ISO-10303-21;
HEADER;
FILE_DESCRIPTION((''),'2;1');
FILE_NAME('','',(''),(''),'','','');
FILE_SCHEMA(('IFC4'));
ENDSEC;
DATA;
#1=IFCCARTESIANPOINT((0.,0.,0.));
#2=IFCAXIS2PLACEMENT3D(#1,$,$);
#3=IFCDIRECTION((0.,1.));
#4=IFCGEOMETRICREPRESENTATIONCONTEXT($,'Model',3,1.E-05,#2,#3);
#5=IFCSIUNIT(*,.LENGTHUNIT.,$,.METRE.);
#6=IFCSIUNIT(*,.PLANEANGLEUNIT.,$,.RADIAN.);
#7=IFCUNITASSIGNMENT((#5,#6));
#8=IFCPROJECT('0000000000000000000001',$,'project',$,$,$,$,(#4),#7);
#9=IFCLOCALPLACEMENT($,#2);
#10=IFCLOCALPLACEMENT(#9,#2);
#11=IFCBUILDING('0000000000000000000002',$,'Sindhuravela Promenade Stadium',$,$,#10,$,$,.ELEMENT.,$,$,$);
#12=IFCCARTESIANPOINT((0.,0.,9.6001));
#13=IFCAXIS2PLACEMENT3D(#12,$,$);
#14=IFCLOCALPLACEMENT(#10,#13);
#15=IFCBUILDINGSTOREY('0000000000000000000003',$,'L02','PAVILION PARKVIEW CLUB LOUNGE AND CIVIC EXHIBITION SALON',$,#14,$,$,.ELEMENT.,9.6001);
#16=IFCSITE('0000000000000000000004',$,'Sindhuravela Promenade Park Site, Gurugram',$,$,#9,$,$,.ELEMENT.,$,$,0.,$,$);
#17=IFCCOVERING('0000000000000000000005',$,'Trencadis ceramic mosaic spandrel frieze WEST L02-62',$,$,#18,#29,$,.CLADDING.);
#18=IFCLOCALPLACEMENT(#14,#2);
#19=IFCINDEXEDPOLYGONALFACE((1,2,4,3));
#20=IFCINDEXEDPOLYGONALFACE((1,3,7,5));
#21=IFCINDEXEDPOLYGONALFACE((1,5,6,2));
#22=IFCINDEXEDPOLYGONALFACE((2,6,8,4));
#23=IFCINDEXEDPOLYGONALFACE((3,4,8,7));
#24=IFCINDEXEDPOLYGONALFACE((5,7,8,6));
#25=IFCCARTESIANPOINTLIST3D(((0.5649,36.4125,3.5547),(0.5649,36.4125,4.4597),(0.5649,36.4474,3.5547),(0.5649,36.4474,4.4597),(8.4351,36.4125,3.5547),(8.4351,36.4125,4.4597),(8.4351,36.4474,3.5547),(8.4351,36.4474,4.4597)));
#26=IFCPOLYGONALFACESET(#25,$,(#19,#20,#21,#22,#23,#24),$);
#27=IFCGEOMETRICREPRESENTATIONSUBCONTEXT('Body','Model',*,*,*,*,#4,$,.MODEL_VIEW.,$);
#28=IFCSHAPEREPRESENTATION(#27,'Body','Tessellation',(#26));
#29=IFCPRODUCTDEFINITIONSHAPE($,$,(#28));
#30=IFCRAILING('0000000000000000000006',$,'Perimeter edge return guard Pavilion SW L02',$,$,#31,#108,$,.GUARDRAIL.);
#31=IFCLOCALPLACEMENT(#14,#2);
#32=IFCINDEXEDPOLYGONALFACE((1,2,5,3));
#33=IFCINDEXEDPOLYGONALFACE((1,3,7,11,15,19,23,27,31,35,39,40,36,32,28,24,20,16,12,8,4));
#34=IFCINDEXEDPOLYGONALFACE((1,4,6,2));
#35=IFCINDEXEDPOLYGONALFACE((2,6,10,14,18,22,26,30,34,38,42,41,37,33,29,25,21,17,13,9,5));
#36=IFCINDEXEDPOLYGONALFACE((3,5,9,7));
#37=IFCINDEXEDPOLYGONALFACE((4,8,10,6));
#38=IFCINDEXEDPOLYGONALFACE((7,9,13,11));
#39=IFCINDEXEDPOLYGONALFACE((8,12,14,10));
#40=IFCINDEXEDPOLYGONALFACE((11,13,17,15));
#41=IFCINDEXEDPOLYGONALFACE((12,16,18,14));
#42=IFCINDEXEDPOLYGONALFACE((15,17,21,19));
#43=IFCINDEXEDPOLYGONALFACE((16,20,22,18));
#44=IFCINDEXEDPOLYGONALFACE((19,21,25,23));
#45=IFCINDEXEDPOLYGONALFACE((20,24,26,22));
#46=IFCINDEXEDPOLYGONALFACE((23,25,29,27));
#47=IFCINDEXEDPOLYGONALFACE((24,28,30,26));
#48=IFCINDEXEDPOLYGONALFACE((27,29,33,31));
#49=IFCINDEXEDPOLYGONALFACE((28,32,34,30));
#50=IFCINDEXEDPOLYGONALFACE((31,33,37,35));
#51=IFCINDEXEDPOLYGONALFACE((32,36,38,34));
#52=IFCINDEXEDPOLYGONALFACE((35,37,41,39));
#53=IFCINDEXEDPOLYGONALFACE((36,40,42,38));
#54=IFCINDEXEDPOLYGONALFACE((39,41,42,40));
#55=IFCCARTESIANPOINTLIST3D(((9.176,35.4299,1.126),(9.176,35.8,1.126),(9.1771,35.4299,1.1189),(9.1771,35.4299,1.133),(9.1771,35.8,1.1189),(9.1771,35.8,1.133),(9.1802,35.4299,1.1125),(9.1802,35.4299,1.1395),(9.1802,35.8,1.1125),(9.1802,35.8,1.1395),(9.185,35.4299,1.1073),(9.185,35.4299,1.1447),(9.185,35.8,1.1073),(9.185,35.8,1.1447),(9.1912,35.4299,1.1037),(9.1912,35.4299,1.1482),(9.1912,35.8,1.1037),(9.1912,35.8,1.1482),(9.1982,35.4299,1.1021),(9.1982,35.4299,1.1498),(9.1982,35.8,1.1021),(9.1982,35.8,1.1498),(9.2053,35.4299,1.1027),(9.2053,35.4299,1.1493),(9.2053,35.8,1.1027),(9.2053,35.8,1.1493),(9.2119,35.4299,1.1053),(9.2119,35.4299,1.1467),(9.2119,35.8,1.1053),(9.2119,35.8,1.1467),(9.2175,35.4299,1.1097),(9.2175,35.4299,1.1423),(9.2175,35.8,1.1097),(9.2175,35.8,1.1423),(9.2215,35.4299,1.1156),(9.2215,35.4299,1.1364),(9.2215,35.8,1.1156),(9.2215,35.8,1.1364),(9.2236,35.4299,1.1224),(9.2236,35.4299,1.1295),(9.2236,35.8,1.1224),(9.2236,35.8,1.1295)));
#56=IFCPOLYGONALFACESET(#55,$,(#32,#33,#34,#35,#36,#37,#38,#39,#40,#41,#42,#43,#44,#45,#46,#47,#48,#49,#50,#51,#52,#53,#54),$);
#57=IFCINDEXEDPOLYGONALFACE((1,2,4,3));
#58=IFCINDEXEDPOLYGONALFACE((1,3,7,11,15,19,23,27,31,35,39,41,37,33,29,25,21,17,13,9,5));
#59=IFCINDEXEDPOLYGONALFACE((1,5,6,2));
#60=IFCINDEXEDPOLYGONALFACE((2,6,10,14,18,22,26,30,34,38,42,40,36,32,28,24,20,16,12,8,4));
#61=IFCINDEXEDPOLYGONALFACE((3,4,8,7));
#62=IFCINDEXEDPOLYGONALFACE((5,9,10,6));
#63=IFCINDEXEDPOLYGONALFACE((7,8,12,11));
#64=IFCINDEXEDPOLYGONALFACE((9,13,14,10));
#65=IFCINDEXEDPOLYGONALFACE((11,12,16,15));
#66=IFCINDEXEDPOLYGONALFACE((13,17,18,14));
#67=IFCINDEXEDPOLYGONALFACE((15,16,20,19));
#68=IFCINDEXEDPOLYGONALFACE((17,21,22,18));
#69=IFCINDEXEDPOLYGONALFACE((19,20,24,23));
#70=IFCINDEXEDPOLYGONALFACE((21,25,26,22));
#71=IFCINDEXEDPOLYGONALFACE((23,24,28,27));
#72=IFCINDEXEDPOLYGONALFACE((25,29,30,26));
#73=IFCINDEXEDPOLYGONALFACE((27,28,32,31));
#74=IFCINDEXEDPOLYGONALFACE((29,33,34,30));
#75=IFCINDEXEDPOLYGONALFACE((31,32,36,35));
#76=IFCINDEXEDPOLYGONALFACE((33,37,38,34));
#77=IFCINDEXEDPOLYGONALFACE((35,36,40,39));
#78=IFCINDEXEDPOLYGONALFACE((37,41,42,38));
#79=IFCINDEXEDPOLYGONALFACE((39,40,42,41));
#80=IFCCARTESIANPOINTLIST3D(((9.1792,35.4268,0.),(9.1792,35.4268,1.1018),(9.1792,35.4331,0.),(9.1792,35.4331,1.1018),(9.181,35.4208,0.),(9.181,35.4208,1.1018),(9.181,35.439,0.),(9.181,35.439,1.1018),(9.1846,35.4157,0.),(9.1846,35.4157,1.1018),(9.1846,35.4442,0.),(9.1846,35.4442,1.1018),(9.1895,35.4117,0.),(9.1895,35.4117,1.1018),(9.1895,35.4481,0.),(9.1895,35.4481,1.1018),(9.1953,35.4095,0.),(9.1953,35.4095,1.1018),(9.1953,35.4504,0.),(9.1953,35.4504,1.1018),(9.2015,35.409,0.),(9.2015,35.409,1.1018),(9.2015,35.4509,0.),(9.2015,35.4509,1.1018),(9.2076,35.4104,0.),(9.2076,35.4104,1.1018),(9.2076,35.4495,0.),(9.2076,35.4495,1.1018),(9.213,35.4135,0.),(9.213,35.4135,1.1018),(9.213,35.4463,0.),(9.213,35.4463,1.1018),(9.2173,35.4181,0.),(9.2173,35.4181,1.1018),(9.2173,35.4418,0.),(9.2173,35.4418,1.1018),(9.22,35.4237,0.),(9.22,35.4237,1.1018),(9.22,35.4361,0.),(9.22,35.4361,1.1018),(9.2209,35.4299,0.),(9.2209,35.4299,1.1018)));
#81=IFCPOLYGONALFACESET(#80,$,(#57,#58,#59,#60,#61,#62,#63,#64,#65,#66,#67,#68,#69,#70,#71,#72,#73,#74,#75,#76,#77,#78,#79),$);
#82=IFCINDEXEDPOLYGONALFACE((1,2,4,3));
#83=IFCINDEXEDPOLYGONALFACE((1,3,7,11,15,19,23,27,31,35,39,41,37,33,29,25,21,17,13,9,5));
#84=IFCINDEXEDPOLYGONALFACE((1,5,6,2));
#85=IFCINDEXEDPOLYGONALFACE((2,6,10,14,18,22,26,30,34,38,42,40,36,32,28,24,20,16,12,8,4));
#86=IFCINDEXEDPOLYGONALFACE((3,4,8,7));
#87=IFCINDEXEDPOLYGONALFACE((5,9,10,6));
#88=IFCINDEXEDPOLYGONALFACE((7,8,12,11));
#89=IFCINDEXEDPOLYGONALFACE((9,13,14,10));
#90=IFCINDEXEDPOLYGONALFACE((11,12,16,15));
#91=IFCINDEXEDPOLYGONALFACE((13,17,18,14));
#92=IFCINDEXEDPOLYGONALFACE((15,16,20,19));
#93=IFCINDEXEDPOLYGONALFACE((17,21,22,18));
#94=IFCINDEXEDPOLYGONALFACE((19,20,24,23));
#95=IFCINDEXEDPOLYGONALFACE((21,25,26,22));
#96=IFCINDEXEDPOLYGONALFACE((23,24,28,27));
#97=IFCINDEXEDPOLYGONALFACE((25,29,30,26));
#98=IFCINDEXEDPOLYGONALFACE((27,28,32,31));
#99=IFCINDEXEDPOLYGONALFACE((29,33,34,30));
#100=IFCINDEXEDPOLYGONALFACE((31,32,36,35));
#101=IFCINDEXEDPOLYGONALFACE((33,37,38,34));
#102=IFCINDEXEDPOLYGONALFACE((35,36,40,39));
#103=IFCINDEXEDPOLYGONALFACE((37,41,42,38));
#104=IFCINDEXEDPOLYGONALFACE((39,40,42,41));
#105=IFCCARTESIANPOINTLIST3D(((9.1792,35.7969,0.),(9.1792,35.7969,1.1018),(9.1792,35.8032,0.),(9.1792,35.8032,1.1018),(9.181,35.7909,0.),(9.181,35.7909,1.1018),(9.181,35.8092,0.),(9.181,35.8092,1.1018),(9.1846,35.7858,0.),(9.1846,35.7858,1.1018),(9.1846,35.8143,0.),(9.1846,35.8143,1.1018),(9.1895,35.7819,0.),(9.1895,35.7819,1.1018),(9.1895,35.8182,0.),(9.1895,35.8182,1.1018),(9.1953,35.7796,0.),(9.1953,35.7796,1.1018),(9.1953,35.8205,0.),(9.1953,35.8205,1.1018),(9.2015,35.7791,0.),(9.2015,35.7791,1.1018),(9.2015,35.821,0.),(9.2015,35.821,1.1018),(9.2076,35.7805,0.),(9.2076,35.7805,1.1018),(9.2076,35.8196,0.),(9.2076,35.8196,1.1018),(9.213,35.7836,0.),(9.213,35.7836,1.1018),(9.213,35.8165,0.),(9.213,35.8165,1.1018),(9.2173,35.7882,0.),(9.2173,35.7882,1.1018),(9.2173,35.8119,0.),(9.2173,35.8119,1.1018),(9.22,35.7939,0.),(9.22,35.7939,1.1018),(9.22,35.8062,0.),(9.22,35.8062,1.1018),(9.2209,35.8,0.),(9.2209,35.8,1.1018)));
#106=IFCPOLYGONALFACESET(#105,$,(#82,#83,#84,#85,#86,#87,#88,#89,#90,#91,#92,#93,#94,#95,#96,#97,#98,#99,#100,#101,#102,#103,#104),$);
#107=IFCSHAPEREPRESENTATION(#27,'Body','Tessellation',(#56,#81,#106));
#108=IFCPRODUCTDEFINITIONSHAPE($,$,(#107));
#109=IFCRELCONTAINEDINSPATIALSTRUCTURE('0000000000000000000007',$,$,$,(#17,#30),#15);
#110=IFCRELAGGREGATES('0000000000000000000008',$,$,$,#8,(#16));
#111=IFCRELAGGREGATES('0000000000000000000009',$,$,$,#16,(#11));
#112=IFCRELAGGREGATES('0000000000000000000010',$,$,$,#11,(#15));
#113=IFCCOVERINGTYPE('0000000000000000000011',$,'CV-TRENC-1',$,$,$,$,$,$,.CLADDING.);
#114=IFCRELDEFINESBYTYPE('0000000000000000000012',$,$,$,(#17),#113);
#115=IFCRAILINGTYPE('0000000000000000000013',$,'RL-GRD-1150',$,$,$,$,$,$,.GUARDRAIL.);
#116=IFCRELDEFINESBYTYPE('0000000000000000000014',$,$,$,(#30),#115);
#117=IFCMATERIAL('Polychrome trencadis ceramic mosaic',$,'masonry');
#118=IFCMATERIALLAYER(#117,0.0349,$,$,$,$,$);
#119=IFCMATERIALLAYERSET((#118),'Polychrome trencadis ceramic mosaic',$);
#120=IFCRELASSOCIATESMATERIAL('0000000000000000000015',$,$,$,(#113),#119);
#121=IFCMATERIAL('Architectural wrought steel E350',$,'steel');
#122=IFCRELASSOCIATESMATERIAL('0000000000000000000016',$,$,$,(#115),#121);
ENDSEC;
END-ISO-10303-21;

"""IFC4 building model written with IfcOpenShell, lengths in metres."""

from ifc_helpers import new_model, si_unit, direction, frame, origin, origin_2d, place, context, subcontext, project, spatial, rectangle, circle, extrude, material, layer, layer_set, type_object, element, save


model = new_model("IFC4")

# Units and contexts
model_context = context("Model", 3, precision=1e-05, world=origin(), true_north=direction((0.0, 1.0)))
body_context = subcontext(model_context, "Body", "Model", "MODEL_VIEW")
ifc_project = project(units=[si_unit("LENGTHUNIT", "METRE"), si_unit("PLANEANGLEUNIT", "RADIAN")], contexts=[model_context])

# Site, building, storey
site_placement = place(None, origin())
site = spatial("IfcSite", under=ifc_project, at=site_placement, Name="Sindhuravela Promenade Park Site, Gurugram", CompositionType="ELEMENT", RefElevation=0.0)
building_placement = place(site_placement, origin())
building = spatial("IfcBuilding", under=site, at=building_placement, Name="Sindhuravela Promenade Stadium", CompositionType="ELEMENT")
storey_placement = place(building_placement, frame((0.0, 0.0, 9.6001)))
storey = spatial("IfcBuildingStorey", under=building, at=storey_placement, Name="L02", Description="PAVILION PARKVIEW CLUB LOUNGE AND CIVIC EXHIBITION SALON", CompositionType="ELEMENT", Elevation=9.6001)

# Covering
ifc_material_1 = material(Name="Polychrome trencadis ceramic mosaic", Category="masonry")
ifc_layer_1 = layer(ifc_material_1, 0.0349)
ifc_layer_set_1 = layer_set([ifc_layer_1], Name="Polychrome trencadis ceramic mosaic")
covering_type = type_object("IfcCoveringType", Name="CV-TRENC-1", PredefinedType="CLADDING", material=ifc_layer_set_1)
covering_placement = place(storey_placement, frame((4.5, 36.4299, 3.5547), z_axis=(0.0, 0.0, 1.0), x_axis=(-1.0, 0.0, 0.0)))
element("IfcCovering", 1, at=covering_placement, inside=storey, type_object=covering_type, Name="Trencadis ceramic mosaic spandrel frieze WEST L02-62", PredefinedType="CLADDING", context=body_context, shape_type="SweptSolid", body=[
    extrude(rectangle(XDim=7.8701, YDim=0.0349, at=origin_2d()), origin(), (0.0, 0.0, 1.0), 0.905),
])

# Railing
ifc_material_2 = material(Name="Architectural wrought steel E350", Category="steel")
railing_type = type_object("IfcRailingType", Name="RL-GRD-1150", PredefinedType="GUARDRAIL", material=ifc_material_2)
railing_placement = place(storey_placement, frame((9.2, 35.4299, 0.0)))
element("IfcRailing", 2, at=railing_placement, inside=storey, type_object=railing_type, Name="Perimeter edge return guard Pavilion SW L02", PredefinedType="GUARDRAIL", context=body_context, shape_type="SweptSolid", body=[
    extrude(circle(Radius=0.0239, at=origin_2d()), frame((0.0, 0.0, 1.126), z_axis=(0.0, 1.0, 0.0), x_axis=(-1.0, 0.0, 0.0)), (0.0, 0.0, 1.0), 0.3701),
    extrude(circle(Radius=0.021, at=origin_2d()), origin(), (0.0, 0.0, 1.0), 1.1018),
    extrude(circle(Radius=0.021, at=origin_2d()), frame((0.0, 0.3701, 0.0)), (0.0, 0.0, 1.0), 1.1018),
])

save(model, "model.ifc")
